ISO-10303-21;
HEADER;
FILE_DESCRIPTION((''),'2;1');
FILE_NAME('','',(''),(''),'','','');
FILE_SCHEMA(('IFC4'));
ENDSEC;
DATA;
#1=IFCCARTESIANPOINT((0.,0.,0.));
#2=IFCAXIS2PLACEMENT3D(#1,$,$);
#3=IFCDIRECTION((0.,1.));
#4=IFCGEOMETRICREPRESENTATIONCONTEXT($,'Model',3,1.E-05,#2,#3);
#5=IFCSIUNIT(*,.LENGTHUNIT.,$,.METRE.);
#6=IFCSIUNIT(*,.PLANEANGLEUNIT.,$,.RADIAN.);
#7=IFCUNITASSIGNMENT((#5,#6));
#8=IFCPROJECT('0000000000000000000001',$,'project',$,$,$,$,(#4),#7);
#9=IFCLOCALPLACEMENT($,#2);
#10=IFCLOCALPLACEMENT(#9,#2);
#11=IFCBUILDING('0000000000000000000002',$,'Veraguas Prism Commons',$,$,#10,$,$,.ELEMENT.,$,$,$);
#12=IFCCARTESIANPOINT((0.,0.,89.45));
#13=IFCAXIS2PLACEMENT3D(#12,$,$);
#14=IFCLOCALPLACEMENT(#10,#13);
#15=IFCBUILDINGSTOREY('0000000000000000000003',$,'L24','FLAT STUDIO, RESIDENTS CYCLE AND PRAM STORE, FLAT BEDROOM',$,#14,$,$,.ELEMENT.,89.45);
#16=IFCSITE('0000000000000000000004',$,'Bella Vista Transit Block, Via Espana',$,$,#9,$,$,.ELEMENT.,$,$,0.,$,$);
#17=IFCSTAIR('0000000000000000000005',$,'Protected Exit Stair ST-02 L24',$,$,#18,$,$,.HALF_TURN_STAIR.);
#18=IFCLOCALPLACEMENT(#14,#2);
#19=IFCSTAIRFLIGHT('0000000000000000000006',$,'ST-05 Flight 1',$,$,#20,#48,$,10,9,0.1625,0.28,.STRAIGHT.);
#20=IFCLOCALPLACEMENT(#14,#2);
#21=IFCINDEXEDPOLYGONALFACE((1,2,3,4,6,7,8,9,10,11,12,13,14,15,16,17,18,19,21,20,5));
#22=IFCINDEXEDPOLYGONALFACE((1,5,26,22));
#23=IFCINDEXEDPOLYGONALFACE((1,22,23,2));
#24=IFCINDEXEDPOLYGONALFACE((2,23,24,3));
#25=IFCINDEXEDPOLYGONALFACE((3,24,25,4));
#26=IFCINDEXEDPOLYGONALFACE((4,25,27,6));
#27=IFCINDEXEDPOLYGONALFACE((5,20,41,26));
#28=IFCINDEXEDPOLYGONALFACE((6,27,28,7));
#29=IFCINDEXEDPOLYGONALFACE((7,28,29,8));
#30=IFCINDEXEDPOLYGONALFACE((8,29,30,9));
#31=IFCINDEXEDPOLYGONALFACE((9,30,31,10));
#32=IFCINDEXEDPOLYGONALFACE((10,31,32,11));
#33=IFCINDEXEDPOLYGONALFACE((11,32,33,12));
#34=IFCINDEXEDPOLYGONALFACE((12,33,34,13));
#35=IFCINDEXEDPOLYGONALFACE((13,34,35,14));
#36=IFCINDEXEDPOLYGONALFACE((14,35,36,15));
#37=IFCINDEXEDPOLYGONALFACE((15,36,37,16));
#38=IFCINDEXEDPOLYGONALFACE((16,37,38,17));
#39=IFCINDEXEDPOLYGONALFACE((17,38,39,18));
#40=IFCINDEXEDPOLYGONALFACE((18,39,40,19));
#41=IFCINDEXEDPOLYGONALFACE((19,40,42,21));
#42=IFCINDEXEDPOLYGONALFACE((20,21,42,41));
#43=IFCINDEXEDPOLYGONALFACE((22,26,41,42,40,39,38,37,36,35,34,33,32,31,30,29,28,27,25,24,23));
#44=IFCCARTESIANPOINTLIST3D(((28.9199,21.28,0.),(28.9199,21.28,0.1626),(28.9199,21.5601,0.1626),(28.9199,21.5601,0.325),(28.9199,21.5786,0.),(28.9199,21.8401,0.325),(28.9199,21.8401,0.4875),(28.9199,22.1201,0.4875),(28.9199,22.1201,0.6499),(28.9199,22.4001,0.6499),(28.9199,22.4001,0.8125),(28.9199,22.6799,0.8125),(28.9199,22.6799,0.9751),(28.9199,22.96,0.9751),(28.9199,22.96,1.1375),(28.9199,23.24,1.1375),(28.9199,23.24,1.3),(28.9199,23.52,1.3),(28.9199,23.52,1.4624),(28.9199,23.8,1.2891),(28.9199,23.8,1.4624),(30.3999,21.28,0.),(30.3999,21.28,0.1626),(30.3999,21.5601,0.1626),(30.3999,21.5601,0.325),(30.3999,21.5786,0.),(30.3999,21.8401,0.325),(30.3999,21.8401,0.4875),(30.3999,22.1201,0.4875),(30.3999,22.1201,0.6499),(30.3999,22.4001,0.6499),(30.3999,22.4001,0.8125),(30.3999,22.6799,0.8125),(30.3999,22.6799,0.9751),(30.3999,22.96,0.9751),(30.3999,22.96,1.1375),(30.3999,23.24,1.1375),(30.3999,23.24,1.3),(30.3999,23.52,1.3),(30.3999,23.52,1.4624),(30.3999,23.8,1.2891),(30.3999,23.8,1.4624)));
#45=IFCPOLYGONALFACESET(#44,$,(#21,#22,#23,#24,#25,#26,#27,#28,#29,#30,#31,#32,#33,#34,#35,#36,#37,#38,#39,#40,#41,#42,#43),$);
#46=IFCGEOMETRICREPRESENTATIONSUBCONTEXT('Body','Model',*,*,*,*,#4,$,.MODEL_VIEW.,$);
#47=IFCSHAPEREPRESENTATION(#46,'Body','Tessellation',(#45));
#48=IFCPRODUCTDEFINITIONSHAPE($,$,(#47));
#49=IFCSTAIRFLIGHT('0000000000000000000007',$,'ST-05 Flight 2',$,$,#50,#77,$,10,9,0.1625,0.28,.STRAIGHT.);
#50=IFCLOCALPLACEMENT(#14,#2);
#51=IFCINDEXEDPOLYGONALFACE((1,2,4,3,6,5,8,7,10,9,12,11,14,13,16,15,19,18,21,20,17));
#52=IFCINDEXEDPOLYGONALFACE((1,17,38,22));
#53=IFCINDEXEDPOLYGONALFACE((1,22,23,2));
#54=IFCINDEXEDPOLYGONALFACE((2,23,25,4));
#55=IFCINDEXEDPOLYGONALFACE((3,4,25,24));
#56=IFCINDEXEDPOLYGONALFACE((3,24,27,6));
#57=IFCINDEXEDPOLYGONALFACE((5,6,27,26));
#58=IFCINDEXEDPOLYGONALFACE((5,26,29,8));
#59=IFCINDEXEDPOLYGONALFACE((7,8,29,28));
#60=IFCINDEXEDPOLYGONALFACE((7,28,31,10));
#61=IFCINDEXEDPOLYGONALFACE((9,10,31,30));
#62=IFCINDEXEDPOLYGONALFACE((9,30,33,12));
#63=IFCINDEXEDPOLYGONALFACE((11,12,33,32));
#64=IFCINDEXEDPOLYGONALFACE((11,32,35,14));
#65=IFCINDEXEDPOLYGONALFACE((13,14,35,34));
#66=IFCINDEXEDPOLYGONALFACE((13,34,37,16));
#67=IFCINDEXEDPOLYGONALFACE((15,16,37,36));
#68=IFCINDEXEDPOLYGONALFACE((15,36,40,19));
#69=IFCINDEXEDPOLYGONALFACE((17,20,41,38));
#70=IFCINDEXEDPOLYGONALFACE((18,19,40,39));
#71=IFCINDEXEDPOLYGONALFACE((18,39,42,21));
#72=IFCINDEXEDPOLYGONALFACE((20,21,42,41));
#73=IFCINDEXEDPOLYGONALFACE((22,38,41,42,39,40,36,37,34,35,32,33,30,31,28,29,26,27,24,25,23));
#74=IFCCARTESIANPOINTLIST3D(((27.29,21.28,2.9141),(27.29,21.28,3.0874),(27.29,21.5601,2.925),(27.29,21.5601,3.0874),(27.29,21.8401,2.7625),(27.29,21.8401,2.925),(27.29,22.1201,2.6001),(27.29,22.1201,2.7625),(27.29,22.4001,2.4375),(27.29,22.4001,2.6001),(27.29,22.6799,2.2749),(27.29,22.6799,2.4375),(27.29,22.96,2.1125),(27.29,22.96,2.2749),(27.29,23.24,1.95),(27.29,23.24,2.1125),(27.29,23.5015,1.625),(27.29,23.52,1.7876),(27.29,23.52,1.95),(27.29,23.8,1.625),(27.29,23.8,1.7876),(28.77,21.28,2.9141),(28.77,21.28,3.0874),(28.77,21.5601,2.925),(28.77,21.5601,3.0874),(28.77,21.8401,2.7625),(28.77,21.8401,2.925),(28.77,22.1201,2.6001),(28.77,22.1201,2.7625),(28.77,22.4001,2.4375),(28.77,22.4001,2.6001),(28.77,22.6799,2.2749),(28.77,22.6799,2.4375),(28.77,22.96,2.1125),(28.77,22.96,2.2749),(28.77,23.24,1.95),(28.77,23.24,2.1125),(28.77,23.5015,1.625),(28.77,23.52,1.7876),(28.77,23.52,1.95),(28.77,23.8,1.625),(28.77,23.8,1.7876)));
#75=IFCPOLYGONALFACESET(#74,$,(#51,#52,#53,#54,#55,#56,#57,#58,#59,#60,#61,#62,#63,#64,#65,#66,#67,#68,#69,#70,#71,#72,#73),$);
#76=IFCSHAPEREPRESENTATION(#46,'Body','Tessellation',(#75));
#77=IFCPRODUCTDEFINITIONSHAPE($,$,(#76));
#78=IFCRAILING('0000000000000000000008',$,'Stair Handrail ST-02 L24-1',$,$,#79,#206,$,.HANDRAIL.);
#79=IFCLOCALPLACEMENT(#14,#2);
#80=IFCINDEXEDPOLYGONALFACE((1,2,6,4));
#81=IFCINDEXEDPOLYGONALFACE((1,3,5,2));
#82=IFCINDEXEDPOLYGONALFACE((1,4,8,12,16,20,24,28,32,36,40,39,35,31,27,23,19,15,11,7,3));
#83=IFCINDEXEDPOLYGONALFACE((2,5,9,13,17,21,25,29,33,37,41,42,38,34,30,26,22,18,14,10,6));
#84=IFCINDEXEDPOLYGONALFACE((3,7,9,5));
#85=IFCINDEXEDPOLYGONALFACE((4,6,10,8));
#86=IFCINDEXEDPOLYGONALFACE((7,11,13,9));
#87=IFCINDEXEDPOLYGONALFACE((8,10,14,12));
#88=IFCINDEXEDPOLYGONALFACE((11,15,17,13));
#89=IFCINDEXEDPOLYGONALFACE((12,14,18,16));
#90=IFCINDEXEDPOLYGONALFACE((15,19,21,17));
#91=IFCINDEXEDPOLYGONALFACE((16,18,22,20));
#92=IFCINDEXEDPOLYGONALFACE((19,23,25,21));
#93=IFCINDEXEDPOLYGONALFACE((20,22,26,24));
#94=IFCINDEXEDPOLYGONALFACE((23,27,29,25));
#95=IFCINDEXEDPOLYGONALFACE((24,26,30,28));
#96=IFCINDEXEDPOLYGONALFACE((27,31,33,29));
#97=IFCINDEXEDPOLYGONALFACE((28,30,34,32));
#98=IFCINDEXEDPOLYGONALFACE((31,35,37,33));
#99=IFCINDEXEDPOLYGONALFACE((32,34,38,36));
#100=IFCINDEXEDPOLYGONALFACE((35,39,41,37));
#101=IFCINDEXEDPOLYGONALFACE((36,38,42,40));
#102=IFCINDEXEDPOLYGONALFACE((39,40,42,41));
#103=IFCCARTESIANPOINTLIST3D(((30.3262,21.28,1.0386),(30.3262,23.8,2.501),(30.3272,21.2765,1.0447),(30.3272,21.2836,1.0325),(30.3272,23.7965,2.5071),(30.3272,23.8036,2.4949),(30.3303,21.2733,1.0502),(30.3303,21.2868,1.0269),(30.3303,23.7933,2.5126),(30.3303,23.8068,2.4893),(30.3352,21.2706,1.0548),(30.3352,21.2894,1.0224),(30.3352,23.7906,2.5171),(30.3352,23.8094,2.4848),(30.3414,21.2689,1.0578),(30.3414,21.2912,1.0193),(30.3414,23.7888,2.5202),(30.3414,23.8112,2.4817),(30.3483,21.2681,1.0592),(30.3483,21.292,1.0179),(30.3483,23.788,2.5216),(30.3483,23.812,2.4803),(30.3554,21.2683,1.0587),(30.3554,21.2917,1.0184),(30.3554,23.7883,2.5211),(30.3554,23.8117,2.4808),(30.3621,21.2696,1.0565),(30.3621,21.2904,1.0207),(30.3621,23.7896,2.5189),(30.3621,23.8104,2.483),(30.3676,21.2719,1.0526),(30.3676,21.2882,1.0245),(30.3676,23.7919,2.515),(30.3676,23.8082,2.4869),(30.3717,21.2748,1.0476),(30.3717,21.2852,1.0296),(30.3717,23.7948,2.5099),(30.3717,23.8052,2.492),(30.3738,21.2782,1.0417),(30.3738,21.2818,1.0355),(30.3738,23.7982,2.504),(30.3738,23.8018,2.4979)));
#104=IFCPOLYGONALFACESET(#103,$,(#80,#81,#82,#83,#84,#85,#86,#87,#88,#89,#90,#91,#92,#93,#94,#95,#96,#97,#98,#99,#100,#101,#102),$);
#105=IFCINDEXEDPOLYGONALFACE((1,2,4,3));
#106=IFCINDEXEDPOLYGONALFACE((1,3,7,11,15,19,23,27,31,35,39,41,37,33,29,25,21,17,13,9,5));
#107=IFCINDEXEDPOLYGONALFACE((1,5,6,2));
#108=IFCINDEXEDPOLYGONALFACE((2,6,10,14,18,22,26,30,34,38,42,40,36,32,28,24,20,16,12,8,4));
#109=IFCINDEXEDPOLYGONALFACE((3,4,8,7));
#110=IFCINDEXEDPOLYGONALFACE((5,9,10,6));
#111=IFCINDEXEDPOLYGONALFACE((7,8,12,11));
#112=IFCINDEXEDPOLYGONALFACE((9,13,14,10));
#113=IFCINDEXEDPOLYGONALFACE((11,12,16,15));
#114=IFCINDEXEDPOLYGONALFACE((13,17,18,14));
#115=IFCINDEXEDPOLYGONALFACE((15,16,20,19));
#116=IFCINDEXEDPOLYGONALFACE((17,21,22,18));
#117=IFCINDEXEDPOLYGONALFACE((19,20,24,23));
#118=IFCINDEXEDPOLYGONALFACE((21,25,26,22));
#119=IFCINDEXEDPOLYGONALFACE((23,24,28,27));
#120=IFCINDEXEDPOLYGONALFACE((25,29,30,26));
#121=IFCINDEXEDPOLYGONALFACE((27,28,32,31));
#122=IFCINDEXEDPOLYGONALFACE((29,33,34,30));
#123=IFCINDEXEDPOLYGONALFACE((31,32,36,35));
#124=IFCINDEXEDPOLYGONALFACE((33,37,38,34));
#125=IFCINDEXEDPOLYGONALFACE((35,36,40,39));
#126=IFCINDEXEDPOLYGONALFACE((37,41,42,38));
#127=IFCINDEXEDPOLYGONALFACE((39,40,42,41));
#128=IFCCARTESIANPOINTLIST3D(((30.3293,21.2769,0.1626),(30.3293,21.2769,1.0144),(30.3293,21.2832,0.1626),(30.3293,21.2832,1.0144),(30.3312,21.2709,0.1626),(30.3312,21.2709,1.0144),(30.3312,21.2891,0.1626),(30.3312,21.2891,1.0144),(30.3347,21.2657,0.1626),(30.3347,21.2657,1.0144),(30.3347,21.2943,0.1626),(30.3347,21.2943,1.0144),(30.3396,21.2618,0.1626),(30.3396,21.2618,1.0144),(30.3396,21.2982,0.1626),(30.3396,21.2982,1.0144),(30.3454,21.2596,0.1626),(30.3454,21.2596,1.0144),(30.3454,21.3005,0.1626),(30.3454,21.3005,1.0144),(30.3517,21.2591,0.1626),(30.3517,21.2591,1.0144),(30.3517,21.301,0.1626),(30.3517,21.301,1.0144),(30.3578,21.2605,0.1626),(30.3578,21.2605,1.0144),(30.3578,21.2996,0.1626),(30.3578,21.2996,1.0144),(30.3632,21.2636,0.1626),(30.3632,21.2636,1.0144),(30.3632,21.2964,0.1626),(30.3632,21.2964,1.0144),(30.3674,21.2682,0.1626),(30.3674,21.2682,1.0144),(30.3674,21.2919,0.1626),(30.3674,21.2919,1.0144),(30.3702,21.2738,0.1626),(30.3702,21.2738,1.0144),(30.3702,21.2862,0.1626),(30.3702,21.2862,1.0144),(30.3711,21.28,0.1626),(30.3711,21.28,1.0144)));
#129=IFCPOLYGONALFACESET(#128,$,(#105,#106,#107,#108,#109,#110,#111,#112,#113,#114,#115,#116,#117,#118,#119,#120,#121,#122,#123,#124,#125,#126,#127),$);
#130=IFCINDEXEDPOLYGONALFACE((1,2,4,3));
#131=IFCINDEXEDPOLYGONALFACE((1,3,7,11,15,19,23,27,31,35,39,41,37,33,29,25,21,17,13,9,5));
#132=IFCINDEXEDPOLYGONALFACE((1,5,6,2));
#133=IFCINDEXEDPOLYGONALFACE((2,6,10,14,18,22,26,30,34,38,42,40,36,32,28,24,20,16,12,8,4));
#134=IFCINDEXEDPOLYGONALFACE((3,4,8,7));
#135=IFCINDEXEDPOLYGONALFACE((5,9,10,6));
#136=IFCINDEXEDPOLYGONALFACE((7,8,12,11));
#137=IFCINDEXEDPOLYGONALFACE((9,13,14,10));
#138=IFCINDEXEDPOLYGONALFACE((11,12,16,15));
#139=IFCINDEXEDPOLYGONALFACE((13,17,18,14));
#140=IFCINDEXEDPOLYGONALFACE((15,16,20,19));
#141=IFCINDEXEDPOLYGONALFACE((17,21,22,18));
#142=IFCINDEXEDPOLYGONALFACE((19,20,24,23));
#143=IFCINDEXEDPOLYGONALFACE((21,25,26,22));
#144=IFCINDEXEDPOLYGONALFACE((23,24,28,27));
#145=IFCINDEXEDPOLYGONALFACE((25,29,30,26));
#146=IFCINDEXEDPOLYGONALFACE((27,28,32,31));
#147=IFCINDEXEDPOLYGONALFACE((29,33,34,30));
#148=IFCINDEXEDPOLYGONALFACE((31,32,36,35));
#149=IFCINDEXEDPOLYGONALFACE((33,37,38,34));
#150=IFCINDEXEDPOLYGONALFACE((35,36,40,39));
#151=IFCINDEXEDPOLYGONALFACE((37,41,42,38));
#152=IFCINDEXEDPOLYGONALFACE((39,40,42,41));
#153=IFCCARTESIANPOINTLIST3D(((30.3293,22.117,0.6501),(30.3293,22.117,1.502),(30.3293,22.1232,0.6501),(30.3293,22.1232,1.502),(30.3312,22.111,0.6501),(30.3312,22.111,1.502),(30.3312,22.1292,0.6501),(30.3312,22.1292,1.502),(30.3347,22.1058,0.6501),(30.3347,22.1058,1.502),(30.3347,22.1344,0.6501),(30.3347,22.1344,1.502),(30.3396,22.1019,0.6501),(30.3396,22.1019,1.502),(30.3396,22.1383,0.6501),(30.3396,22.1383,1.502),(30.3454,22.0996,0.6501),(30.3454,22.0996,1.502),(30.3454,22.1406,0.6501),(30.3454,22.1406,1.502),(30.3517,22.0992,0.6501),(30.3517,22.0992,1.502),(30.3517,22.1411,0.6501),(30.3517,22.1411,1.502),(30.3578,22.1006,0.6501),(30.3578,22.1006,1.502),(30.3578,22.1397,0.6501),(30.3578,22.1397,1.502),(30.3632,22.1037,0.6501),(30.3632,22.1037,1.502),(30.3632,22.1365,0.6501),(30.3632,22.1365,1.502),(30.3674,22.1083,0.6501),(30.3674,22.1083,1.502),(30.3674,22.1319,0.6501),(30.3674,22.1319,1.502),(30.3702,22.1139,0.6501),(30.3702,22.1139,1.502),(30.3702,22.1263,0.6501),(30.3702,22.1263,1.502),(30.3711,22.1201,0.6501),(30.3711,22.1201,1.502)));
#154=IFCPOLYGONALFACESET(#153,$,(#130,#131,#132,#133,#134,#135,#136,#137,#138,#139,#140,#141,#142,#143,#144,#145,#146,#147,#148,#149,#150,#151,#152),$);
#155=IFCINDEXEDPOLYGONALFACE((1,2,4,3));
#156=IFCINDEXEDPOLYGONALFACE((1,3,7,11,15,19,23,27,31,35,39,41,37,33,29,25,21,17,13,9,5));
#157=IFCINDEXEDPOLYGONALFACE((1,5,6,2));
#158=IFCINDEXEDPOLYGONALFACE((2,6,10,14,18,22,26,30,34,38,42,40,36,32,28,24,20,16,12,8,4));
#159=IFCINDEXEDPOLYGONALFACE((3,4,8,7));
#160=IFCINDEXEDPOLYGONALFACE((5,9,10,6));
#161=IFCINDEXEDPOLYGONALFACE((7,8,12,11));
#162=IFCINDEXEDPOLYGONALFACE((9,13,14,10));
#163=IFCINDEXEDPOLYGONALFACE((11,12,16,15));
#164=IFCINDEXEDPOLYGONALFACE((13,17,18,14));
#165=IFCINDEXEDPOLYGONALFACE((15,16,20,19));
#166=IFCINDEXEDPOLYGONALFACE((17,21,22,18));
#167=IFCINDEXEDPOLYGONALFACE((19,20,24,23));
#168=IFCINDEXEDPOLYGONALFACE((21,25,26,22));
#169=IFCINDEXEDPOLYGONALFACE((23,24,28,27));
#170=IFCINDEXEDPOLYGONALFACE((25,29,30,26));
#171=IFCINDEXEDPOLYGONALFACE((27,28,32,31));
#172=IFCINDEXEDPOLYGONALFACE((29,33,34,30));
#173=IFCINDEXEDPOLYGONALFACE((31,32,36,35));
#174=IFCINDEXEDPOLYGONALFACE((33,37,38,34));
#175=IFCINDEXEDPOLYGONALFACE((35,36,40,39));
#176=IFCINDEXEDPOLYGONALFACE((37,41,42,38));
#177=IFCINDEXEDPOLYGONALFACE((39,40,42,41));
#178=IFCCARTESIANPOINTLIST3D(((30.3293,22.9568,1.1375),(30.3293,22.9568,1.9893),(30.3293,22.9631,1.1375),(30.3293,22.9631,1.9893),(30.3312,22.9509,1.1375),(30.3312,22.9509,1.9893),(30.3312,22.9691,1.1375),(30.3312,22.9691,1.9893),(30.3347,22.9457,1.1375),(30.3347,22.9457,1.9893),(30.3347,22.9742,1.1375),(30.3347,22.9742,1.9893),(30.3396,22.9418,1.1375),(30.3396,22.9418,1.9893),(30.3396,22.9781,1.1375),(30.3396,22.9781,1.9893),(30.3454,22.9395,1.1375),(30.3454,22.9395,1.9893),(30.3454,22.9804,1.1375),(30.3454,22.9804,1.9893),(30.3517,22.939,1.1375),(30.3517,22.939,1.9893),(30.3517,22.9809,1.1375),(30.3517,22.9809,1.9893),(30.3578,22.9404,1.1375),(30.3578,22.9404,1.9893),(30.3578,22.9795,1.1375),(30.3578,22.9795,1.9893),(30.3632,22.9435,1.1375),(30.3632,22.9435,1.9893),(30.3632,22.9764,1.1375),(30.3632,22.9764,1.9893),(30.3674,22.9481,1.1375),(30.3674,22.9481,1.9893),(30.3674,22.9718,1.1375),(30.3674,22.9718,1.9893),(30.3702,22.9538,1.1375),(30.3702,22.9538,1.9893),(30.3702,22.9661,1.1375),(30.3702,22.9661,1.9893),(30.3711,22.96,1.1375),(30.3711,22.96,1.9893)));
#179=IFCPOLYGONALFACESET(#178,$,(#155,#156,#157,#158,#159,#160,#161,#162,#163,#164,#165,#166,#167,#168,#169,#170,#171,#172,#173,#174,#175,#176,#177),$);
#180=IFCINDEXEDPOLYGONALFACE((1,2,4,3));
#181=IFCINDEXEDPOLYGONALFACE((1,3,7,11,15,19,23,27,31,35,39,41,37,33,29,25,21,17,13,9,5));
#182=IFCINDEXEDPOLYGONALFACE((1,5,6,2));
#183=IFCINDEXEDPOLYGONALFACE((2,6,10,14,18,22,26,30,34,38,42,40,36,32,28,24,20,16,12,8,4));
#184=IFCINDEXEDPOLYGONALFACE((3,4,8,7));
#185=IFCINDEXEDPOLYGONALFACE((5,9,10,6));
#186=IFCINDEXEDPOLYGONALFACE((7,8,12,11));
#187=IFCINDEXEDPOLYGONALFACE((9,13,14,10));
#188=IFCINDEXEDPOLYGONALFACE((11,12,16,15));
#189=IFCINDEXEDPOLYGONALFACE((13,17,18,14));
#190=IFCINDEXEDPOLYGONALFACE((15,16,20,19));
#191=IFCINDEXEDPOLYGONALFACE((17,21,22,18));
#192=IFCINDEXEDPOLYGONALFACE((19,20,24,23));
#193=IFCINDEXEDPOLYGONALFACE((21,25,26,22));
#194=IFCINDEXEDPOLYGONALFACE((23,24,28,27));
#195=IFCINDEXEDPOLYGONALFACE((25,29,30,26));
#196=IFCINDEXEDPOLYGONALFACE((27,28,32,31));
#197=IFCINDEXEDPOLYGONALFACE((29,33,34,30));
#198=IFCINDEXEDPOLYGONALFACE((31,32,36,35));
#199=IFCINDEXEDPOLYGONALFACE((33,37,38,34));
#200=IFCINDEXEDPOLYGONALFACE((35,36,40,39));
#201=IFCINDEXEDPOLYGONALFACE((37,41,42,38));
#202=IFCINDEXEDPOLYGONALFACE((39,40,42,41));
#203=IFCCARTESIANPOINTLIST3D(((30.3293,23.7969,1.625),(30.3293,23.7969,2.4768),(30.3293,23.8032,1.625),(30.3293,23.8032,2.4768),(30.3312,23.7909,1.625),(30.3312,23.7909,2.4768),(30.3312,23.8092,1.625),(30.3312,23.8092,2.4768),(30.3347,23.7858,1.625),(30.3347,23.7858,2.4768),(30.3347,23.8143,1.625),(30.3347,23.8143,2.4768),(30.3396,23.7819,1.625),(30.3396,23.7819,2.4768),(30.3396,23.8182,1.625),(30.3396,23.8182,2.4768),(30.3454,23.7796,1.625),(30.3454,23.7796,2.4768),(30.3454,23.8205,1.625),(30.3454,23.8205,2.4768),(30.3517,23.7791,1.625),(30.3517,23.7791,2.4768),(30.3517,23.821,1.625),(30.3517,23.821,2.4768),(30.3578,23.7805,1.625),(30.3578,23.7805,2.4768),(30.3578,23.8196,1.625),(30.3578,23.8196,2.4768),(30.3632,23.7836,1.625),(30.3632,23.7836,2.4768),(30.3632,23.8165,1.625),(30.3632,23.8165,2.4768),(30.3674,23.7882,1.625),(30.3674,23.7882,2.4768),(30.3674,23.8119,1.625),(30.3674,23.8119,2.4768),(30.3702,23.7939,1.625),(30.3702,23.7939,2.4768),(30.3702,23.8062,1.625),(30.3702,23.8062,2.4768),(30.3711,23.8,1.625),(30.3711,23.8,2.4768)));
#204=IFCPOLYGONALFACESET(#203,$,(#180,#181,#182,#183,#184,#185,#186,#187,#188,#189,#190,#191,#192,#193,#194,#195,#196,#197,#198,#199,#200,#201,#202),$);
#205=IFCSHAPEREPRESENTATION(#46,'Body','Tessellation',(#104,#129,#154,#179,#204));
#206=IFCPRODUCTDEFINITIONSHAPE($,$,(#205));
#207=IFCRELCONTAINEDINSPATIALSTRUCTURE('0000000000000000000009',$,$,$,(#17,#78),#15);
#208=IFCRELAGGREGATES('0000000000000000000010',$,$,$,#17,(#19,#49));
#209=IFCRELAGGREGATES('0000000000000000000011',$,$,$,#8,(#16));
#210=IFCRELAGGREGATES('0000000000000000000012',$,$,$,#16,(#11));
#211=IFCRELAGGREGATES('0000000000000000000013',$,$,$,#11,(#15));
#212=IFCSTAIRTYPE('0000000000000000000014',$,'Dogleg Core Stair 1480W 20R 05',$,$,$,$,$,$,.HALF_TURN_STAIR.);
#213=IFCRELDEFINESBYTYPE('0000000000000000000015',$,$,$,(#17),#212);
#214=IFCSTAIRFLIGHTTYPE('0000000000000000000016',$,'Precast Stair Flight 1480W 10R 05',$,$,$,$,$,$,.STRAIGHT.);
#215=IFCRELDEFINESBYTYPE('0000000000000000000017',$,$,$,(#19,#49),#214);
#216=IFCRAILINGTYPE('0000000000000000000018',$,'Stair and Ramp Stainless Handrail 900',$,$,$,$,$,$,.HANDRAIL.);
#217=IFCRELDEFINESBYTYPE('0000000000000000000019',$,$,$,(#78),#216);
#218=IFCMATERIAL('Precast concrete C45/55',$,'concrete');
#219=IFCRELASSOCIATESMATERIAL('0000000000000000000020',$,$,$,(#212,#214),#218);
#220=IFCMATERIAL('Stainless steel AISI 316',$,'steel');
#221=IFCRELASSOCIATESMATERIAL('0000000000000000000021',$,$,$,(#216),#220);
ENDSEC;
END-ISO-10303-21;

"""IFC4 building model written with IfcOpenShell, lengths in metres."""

from ifc_helpers import new_model, si_unit, direction, frame, origin, origin_2d, place, context, subcontext, project, spatial, polyline, circle, outline, extrude, material, type_object, element, aggregate, save


model = new_model("IFC4")

# Units and contexts
model_context = context("Model", 3, precision=1e-05, world=origin(), true_north=direction((0.0, 1.0)))
body_context = subcontext(model_context, "Body", "Model", "MODEL_VIEW")
ifc_project = project(units=[si_unit("LENGTHUNIT", "METRE"), si_unit("PLANEANGLEUNIT", "RADIAN")], contexts=[model_context])

# Site, building, storey
site_placement = place(None, origin())
site = spatial("IfcSite", under=ifc_project, at=site_placement, Name="Bella Vista Transit Block, Via Espana", CompositionType="ELEMENT", RefElevation=0.0)
building_placement = place(site_placement, origin())
building = spatial("IfcBuilding", under=site, at=building_placement, Name="Veraguas Prism Commons", CompositionType="ELEMENT")
storey_placement = place(building_placement, frame((0.0, 0.0, 89.45)))
storey = spatial("IfcBuildingStorey", under=building, at=storey_placement, Name="L24", Description="FLAT STUDIO, RESIDENTS CYCLE AND PRAM STORE, FLAT BEDROOM", CompositionType="ELEMENT", Elevation=89.45)

# Shared definitions
ifc_material_1 = material(Name="Stainless steel AISI 316", Category="steel")

# Stair, stair flights
ifc_material_2 = material(Name="Precast concrete C45/55", Category="concrete")
stair_type = type_object("IfcStairType", Name="Dogleg Core Stair 1480W 20R 05", PredefinedType="HALF_TURN_STAIR", material=ifc_material_2)
stair_placement = place(storey_placement, origin())
stair = element("IfcStair", 1, at=stair_placement, inside=storey, type_object=stair_type, Name="Protected Exit Stair ST-02 L24", PredefinedType="HALF_TURN_STAIR")
stair_flight_type = type_object("IfcStairFlightType", Name="Precast Stair Flight 1480W 10R 05", PredefinedType="STRAIGHT", material=ifc_material_2)
stair_flight_1_placement = place(storey_placement, frame((29.6599, 21.28, 0.0), z_axis=(0.0, 0.0, 1.0), x_axis=(0.0, 1.0, 0.0)))
stair_flight_1 = element("IfcStairFlight", 2, at=stair_flight_1_placement, type_object=stair_flight_type, Name="ST-05 Flight 1", NumberOfRisers=10, NumberOfTreads=9, PredefinedType="STRAIGHT", RiserHeight=0.1625, TreadLength=0.28, context=body_context, shape_type="SweptSolid", body=[
    extrude(outline(polyline([(0.0, 0.0), (0.0, 0.1626), (0.28, 0.1626), (0.28, 0.325), (0.5601, 0.325), (0.5601, 0.4875), (0.8401, 0.4875), (0.8401, 0.6499), (1.1201, 0.6499), (1.1201, 0.8125), (1.3999, 0.8125), (1.3999, 0.9751), (1.6799, 0.9751), (1.6799, 1.1375), (1.96, 1.1375), (1.96, 1.3), (2.24, 1.3), (2.24, 1.4624), (2.52, 1.4624), (2.52, 1.625), (2.52, 1.2891), (0.2986, 0.0), (0.0, 0.0)])), frame((0.0, 0.74, 0.0), z_axis=(0.0, -1.0, 0.0), x_axis=(1.0, 0.0, 0.0)), (0.0, 0.0, 1.0), 1.48),
])
stair_flight_2_placement = place(storey_placement, frame((28.03, 23.8, 1.625), z_axis=(0.0, 0.0, 1.0), x_axis=(0.0, -1.0, 0.0)))
stair_flight_2 = element("IfcStairFlight", 3, at=stair_flight_2_placement, type_object=stair_flight_type, Name="ST-05 Flight 2", NumberOfRisers=10, NumberOfTreads=9, PredefinedType="STRAIGHT", RiserHeight=0.1625, TreadLength=0.28, context=body_context, shape_type="SweptSolid", body=[
    extrude(outline(polyline([(0.0, 0.0), (0.0, 0.1626), (0.28, 0.1626), (0.28, 0.325), (0.5601, 0.325), (0.5601, 0.4875), (0.8401, 0.4875), (0.8401, 0.6499), (1.1201, 0.6499), (1.1201, 0.8125), (1.3999, 0.8125), (1.3999, 0.9751), (1.6799, 0.9751), (1.6799, 1.1375), (1.96, 1.1375), (1.96, 1.3), (2.24, 1.3), (2.24, 1.4624), (2.52, 1.4624), (2.52, 1.625), (2.52, 1.2891), (0.2986, 0.0), (0.0, 0.0)])), frame((0.0, 0.74, 0.0), z_axis=(0.0, -1.0, 0.0), x_axis=(1.0, 0.0, 0.0)), (0.0, 0.0, 1.0), 1.48),
])
aggregate(stair, [stair_flight_1, stair_flight_2])

# Railing
railing_type_1 = type_object("IfcRailingType", Name="Stair and Ramp Stainless Handrail 900", PredefinedType="HANDRAIL", material=ifc_material_1)
railing_1_placement = place(storey_placement, frame((30.3501, 21.28, 0.1626)))
element("IfcRailing", 4, at=railing_1_placement, inside=storey, type_object=railing_type_1, Name="Stair Handrail ST-02 L24-1", PredefinedType="HANDRAIL", context=body_context, shape_type="SweptSolid", body=[
    extrude(circle(Radius=0.0239, at=origin_2d()), frame((0.0, 0.0, 0.876), z_axis=(0.0, 0.864913, 0.501921), x_axis=(-1.0, 0.0, 0.0)), (0.0, 0.0, 1.0), 2.9136),
    extrude(circle(Radius=0.021, at=origin_2d()), origin(), (0.0, 0.0, 1.0), 0.8518),
    extrude(circle(Radius=0.021, at=origin_2d()), frame((0.0, 0.8401, 0.4875)), (0.0, 0.0, 1.0), 0.8518),
    extrude(circle(Radius=0.021, at=origin_2d()), frame((0.0, 1.6799, 0.9749)), (0.0, 0.0, 1.0), 0.8518),
    extrude(circle(Radius=0.021, at=origin_2d()), frame((0.0, 2.52, 1.4624)), (0.0, 0.0, 1.0), 0.8518),
])

save(model, "model.ifc")
